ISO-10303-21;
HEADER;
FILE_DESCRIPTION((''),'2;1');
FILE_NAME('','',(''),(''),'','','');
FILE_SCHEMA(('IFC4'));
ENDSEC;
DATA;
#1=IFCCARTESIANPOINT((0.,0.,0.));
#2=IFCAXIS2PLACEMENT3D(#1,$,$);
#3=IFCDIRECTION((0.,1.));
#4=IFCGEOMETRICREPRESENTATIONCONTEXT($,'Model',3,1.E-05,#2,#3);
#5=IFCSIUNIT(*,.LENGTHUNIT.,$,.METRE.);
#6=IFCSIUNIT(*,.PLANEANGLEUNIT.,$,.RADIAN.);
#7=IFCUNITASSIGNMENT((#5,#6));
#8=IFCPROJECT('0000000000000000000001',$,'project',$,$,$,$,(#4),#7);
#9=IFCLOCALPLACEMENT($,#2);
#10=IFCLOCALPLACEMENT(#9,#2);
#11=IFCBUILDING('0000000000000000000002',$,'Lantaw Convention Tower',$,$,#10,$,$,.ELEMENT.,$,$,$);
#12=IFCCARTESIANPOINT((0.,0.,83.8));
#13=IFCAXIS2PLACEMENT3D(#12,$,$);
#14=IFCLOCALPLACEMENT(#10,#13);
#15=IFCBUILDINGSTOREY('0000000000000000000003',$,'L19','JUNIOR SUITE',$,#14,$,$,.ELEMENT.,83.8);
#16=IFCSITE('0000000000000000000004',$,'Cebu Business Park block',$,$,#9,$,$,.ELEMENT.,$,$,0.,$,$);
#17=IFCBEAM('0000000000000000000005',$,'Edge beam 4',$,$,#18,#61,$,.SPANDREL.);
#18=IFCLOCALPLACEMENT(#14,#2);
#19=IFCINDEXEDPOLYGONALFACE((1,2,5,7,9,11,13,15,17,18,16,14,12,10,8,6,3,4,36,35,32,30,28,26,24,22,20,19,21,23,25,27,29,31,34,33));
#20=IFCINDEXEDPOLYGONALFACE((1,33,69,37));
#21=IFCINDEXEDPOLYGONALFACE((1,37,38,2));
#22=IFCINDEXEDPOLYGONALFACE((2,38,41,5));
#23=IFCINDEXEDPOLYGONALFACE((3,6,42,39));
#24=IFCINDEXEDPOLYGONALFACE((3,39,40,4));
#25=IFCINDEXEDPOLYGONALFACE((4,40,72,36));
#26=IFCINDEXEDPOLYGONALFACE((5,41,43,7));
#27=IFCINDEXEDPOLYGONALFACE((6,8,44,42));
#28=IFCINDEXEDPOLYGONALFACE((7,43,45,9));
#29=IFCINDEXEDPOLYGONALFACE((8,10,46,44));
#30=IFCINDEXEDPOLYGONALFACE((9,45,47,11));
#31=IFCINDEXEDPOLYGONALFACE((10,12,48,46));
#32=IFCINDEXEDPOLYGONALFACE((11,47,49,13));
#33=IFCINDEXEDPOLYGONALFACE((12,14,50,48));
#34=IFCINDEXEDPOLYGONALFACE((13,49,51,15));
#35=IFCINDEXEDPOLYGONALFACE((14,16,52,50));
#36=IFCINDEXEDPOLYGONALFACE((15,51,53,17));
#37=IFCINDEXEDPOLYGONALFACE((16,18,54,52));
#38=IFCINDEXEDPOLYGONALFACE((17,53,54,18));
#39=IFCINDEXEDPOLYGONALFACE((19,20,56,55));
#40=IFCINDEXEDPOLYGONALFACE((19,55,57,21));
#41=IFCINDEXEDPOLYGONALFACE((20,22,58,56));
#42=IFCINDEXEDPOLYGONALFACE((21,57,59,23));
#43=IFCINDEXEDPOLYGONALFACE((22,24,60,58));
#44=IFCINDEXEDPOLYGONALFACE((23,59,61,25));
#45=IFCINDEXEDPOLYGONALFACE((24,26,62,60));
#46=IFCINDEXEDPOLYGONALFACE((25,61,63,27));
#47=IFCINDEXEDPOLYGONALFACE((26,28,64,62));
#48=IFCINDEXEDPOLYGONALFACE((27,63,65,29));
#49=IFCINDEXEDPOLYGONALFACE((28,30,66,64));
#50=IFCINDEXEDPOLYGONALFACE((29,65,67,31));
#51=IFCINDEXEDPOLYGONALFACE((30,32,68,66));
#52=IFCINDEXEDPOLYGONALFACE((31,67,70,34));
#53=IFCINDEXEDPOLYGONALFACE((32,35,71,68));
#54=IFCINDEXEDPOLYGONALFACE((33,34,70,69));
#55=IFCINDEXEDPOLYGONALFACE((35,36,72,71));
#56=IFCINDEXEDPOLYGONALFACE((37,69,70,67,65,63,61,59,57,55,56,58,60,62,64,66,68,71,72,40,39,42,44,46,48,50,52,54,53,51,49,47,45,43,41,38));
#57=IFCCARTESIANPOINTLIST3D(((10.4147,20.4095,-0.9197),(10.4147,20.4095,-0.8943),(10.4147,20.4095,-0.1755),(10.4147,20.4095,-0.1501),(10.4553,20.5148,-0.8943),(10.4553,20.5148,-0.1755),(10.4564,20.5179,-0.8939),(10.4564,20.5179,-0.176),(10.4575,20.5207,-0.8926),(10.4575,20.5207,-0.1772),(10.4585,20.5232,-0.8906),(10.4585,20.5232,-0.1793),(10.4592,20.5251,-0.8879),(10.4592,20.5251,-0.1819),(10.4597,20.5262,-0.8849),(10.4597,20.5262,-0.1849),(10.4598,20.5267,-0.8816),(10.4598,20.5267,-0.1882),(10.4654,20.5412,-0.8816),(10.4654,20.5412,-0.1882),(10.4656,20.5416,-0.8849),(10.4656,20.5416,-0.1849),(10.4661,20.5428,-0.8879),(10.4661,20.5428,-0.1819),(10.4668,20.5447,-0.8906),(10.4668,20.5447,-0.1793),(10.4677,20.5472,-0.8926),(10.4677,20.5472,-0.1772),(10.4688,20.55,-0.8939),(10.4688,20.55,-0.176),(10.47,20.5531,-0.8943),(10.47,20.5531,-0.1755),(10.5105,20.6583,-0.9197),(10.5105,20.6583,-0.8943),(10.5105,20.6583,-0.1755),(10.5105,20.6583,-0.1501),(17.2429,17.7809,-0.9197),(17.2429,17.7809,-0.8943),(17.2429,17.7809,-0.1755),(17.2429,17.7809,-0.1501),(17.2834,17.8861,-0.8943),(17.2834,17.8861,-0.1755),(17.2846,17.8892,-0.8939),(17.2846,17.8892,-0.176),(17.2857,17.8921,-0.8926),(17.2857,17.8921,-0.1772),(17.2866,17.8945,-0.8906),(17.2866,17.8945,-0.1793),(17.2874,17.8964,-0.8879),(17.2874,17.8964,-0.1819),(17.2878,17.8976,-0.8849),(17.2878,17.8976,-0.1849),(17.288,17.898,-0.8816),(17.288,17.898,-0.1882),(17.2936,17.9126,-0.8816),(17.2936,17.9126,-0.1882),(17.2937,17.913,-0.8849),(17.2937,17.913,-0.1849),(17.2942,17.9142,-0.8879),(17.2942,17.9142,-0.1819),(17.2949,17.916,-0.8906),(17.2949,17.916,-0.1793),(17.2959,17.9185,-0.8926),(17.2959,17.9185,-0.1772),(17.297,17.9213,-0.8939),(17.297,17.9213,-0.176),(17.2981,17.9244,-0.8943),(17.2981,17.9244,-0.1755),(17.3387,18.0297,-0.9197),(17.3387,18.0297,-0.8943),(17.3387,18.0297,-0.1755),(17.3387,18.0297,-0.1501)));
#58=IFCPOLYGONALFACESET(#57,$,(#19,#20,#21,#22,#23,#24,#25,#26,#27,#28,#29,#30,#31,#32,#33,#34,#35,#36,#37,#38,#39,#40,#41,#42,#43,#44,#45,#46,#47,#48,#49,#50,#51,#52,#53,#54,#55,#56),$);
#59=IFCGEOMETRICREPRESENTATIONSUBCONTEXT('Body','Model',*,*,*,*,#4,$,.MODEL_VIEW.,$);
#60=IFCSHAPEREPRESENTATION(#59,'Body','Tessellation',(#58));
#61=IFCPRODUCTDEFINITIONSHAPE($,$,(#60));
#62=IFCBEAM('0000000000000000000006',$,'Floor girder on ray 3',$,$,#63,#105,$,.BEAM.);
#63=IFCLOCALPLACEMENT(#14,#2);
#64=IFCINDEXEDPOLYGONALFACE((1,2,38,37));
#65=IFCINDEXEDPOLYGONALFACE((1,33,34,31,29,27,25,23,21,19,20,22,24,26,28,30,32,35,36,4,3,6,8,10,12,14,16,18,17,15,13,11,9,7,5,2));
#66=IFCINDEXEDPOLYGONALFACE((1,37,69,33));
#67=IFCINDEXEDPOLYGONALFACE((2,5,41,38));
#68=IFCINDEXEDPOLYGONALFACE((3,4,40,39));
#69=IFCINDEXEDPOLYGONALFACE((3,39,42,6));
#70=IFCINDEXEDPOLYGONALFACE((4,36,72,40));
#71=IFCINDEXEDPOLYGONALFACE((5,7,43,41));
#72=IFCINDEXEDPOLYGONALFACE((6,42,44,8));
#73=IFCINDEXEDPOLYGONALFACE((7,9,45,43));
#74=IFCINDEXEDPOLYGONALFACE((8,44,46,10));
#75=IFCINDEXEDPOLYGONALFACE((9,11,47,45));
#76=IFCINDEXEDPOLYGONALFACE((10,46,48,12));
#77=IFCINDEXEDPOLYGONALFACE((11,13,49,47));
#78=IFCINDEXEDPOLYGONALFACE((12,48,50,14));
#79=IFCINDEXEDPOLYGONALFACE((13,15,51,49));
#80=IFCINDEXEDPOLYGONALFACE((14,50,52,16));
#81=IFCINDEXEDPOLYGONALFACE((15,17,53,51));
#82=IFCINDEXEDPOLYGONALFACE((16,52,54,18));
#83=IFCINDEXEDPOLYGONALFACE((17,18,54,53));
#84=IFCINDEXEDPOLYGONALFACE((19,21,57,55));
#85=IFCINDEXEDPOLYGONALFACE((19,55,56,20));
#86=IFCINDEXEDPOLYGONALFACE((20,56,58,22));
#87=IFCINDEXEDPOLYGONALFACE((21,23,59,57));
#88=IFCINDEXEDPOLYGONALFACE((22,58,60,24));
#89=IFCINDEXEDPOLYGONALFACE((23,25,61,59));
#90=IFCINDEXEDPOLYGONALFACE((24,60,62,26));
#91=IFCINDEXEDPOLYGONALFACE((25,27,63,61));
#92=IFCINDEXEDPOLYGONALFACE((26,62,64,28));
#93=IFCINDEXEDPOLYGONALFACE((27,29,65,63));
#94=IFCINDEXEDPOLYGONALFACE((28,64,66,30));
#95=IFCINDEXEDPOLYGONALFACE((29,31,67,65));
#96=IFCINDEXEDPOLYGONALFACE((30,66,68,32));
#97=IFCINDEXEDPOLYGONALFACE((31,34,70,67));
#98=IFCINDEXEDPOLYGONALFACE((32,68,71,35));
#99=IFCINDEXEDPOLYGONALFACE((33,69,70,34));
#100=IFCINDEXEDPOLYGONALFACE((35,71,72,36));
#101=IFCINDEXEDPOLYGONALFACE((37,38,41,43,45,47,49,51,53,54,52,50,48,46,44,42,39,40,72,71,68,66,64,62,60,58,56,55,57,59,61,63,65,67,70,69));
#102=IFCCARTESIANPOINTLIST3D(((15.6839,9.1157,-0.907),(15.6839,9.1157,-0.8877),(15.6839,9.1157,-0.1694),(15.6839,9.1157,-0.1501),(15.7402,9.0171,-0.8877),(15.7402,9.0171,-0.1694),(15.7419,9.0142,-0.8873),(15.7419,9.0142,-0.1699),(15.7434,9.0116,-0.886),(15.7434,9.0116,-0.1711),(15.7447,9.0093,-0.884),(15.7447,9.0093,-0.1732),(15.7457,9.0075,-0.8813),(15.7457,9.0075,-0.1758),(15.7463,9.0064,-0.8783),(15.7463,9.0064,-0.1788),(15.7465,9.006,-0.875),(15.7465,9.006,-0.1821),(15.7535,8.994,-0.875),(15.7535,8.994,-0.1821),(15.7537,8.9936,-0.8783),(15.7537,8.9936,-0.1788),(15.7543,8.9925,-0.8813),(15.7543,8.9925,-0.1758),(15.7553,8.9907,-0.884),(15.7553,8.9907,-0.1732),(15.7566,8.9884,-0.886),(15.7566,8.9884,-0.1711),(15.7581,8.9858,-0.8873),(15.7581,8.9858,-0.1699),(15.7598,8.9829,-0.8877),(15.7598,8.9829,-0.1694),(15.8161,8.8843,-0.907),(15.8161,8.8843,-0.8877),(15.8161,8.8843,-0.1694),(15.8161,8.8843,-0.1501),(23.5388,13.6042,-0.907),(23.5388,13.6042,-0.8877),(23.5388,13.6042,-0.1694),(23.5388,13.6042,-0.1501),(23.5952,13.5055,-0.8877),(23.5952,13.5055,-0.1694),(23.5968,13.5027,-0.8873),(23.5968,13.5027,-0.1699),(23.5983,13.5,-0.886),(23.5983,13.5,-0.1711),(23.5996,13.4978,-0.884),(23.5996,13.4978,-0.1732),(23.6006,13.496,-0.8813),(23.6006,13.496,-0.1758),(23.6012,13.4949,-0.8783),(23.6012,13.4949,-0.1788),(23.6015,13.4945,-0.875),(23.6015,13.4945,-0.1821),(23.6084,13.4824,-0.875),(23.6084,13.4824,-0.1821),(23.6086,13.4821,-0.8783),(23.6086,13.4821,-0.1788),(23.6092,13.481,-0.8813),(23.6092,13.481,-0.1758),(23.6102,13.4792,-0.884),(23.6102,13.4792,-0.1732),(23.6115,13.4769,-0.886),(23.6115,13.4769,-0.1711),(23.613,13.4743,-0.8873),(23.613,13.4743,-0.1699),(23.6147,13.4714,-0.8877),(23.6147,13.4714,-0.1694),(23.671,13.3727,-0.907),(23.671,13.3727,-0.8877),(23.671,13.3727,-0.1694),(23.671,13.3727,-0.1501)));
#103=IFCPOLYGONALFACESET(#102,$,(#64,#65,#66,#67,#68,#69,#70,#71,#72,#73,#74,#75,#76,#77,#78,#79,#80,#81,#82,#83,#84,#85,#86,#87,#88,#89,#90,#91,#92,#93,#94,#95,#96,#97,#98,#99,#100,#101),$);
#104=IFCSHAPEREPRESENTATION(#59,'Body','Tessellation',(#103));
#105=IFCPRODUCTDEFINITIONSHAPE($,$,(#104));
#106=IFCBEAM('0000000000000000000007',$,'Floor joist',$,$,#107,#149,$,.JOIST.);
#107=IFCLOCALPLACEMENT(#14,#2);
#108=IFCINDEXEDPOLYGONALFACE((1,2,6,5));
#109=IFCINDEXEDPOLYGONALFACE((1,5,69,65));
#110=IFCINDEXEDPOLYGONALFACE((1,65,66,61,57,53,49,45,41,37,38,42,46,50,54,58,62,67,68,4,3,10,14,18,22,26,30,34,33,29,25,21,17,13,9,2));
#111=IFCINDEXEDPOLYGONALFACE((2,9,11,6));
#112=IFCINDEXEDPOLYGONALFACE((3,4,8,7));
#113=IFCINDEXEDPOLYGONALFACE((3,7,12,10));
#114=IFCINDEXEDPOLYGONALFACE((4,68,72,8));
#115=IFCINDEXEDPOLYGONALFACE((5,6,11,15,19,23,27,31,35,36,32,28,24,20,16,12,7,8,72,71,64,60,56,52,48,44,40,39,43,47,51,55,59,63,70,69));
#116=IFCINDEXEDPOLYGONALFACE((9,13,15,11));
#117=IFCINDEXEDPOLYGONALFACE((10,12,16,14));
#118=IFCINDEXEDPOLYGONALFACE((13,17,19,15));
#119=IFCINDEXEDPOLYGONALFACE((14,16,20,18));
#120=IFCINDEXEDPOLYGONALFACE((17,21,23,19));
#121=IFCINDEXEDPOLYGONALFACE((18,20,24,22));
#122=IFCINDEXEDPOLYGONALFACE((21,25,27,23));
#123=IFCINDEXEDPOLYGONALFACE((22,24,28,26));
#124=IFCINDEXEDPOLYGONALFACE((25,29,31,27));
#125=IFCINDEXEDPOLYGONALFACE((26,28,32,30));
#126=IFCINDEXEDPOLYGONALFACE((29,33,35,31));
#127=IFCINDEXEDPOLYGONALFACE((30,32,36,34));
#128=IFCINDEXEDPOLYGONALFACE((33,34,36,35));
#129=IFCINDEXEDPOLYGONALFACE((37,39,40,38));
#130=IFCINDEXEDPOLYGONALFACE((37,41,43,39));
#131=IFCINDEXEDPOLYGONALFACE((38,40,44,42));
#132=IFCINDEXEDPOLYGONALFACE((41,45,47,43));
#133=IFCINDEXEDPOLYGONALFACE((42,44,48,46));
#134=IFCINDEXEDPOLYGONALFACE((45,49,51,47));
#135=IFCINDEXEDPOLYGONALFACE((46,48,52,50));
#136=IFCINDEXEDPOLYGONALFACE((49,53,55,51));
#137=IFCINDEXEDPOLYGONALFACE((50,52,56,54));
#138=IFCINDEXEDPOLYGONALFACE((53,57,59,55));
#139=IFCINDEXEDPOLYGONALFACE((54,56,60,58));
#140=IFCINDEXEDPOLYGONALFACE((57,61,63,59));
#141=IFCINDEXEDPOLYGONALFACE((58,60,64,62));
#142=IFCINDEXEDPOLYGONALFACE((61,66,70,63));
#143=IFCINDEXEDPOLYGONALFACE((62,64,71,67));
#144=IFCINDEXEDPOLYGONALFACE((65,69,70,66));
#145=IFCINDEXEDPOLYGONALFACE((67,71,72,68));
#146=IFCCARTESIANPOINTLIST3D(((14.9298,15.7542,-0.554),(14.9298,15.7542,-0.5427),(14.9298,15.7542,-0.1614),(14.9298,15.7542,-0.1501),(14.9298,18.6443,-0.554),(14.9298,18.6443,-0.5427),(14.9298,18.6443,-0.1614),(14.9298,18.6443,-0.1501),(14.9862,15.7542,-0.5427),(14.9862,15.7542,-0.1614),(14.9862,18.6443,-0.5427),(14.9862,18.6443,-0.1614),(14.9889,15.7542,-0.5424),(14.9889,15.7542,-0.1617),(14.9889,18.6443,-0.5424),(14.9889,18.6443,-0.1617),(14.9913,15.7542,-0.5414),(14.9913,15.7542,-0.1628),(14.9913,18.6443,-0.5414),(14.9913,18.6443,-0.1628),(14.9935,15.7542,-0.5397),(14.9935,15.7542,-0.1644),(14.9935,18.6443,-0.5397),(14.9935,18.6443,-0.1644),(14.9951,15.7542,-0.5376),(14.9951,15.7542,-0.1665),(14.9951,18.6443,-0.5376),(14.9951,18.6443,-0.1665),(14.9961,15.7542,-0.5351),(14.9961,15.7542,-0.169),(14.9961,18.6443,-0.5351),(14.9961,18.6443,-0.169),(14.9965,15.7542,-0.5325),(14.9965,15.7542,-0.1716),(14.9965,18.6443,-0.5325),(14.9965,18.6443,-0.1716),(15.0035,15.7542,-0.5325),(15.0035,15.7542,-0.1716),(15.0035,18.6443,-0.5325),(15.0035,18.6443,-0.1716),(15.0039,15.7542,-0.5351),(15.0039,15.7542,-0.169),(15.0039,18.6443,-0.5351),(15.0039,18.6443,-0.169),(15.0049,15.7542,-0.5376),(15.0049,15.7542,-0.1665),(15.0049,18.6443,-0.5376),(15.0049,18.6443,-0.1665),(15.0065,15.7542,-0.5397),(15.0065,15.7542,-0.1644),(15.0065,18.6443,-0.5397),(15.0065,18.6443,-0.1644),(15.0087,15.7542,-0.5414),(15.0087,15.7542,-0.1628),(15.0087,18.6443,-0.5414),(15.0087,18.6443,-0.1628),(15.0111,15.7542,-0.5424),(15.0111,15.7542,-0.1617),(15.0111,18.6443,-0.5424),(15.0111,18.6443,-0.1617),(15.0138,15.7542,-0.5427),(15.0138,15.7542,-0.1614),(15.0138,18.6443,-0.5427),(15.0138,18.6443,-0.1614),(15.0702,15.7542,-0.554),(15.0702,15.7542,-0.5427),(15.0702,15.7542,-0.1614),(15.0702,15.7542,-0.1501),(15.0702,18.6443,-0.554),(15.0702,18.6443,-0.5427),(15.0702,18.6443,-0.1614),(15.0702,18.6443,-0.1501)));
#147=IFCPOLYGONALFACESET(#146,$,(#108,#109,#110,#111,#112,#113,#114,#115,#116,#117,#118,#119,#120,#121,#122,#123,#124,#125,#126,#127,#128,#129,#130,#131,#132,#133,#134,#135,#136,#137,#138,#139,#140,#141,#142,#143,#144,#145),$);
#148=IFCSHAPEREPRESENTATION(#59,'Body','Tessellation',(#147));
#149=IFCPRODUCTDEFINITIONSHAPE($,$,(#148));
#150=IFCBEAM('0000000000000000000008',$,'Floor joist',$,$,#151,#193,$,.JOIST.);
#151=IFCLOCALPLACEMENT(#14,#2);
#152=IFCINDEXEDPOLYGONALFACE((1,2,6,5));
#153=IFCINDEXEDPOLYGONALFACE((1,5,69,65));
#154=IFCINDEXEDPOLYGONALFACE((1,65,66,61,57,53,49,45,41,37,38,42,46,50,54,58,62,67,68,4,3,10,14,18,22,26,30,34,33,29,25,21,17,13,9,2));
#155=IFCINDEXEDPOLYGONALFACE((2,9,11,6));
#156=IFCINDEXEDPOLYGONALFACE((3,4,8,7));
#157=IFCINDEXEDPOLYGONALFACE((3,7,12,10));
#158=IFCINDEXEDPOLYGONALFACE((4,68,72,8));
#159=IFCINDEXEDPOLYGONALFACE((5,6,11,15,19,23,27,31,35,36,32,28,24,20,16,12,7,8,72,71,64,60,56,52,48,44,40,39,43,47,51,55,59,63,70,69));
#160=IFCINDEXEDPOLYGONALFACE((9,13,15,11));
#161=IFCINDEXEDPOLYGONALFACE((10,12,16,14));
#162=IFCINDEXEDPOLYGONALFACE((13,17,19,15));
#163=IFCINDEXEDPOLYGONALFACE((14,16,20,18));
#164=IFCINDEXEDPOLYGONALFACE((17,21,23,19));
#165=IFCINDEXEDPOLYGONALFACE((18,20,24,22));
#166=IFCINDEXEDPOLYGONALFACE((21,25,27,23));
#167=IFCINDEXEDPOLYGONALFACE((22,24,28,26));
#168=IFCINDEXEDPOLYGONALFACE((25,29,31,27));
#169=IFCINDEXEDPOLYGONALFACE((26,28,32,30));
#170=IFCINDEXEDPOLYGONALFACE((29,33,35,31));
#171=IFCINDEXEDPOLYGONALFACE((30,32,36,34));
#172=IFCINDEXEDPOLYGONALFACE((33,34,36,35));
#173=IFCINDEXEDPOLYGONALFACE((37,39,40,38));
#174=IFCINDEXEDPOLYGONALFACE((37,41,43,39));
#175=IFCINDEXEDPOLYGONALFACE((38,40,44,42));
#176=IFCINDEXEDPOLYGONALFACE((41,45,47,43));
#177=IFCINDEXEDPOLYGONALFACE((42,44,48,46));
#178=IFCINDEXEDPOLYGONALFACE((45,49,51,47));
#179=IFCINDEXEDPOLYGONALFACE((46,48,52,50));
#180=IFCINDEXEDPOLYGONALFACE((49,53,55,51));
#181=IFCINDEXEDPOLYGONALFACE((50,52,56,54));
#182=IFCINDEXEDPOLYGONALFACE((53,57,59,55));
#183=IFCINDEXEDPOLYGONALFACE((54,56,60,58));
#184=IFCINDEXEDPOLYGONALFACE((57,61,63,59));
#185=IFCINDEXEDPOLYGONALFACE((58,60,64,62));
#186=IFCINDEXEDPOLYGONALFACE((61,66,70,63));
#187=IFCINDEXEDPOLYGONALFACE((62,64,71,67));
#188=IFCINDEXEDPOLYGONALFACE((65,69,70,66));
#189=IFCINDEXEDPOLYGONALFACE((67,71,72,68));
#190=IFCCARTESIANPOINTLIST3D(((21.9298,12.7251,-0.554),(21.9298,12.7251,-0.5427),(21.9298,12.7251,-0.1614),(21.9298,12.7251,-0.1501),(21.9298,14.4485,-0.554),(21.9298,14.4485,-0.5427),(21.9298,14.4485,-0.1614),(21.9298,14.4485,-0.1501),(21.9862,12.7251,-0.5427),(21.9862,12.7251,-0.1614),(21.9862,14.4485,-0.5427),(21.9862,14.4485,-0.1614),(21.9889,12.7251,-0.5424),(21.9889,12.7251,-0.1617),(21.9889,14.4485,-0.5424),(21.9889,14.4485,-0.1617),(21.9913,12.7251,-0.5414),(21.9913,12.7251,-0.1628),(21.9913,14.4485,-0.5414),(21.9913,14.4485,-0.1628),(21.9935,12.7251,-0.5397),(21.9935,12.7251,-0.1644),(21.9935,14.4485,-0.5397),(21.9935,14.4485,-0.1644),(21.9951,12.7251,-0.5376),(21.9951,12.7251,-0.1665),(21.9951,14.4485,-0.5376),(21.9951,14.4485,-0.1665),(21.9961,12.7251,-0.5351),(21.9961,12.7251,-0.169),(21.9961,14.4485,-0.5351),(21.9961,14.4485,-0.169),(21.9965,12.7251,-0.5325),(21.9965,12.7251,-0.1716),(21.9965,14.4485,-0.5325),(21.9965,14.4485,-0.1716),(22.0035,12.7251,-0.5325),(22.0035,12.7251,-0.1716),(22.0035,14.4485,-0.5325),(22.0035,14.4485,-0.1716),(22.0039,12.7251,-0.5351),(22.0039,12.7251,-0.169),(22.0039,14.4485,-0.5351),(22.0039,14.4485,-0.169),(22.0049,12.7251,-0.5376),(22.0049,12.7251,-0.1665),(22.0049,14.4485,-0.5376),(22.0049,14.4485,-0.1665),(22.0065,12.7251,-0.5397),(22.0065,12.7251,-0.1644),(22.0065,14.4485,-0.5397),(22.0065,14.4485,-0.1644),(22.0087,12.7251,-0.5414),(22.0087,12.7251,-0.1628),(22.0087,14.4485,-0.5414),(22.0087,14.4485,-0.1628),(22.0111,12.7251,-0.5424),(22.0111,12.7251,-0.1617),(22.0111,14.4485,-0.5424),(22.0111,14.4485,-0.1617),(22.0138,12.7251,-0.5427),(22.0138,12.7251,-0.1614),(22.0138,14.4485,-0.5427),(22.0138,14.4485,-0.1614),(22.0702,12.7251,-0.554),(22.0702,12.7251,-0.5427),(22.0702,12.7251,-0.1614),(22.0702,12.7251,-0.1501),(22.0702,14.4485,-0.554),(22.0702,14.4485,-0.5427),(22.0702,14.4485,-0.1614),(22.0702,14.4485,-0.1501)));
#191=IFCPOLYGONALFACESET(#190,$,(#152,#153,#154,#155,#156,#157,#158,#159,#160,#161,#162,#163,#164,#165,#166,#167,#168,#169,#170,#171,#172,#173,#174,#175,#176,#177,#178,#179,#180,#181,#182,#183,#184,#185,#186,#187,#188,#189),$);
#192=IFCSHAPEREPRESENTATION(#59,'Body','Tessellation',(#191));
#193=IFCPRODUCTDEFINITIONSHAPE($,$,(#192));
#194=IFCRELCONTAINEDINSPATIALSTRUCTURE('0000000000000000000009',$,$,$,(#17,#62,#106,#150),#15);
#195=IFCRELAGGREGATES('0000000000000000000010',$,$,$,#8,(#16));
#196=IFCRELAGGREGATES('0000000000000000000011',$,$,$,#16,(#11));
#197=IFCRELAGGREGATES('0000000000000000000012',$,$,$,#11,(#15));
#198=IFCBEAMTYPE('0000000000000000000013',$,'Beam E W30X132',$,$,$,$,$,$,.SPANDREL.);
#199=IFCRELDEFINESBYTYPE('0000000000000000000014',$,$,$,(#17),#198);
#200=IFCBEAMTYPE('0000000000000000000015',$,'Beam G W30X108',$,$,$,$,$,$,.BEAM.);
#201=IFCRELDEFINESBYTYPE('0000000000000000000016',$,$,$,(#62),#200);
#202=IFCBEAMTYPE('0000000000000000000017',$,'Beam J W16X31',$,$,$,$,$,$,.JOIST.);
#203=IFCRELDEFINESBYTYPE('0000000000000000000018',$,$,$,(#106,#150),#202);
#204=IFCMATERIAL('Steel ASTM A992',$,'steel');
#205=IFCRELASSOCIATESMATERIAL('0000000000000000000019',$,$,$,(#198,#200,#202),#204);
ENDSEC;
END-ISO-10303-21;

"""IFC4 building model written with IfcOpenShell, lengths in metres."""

from ifc_helpers import new_model, si_unit, direction, frame, origin, origin_2d, place, context, subcontext, project, spatial, i_section, extrude, material, material_profile, profile_set, type_object, element, save


model = new_model("IFC4")

# Units and contexts
model_context = context("Model", 3, precision=1e-05, world=origin(), true_north=direction((0.0, 1.0)))
body_context = subcontext(model_context, "Body", "Model", "MODEL_VIEW")
ifc_project = project(units=[si_unit("LENGTHUNIT", "METRE"), si_unit("PLANEANGLEUNIT", "RADIAN")], contexts=[model_context])

# Site, building, storey
site_placement = place(None, origin())
site = spatial("IfcSite", under=ifc_project, at=site_placement, Name="Cebu Business Park block", CompositionType="ELEMENT", RefElevation=0.0)
building_placement = place(site_placement, origin())
building = spatial("IfcBuilding", under=site, at=building_placement, Name="Lantaw Convention Tower", CompositionType="ELEMENT")
storey_placement = place(building_placement, frame((0.0, 0.0, 83.8)))
storey = spatial("IfcBuildingStorey", under=building, at=storey_placement, Name="L19", Description="JUNIOR SUITE", CompositionType="ELEMENT", Elevation=83.8)

# Beams
ifc_material_1 = material(Name="Steel ASTM A992", Category="steel")
ifc_material_profile_1 = material_profile(ifc_material_1, i_section(OverallWidth=0.2666, OverallDepth=0.7695, WebThickness=0.0156, FlangeThickness=0.0254, FilletRadius=0.0127, at=origin_2d()), Name="W30X132")
ifc_profile_set_1 = profile_set([ifc_material_profile_1], Name="Steel ASTM A992")
beam_type_1 = type_object("IfcBeamType", Name="Beam E W30X132", PredefinedType="SPANDREL", material=ifc_profile_set_1)
beam_1_placement = place(storey_placement, frame((17.2908, 17.9053, -0.5349), z_axis=(-0.933233, 0.359272, 0.0), x_axis=(-0.359272, -0.933233, 0.0)))
element("IfcBeam", 1, at=beam_1_placement, inside=storey, type_object=beam_type_1, Name="Edge beam 4", PredefinedType="SPANDREL", context=body_context, shape_type="SweptSolid", body=[
    extrude(i_section(OverallWidth=0.2666, OverallDepth=0.7695, WebThickness=0.0156, FlangeThickness=0.0254, FilletRadius=0.0127, at=origin_2d()), origin(), (0.0, 0.0, 1.0), 7.3167),
])
ifc_material_profile_2 = material_profile(ifc_material_1, i_section(OverallWidth=0.2666, OverallDepth=0.7568, WebThickness=0.0139, FlangeThickness=0.0193, FilletRadius=0.0127, at=origin_2d()), Name="W30X108")
ifc_profile_set_2 = profile_set([ifc_material_profile_2], Name="Steel ASTM A992")
beam_type_2 = type_object("IfcBeamType", Name="Beam G W30X108", PredefinedType="BEAM", material=ifc_profile_set_2)
beam_2_placement = place(storey_placement, frame((15.75, 9.0, -0.5286), z_axis=(0.868245, 0.496136, 0.0), x_axis=(-0.496136, 0.868245, 0.0)))
element("IfcBeam", 2, at=beam_2_placement, inside=storey, type_object=beam_type_2, Name="Floor girder on ray 3", PredefinedType="BEAM", context=body_context, shape_type="SweptSolid", body=[
    extrude(i_section(OverallWidth=0.2666, OverallDepth=0.7568, WebThickness=0.0139, FlangeThickness=0.0193, FilletRadius=0.0127, at=origin_2d()), origin(), (0.0, 0.0, 1.0), 9.0469),
])
ifc_material_profile_3 = material_profile(ifc_material_1, i_section(OverallWidth=0.1404, OverallDepth=0.4038, WebThickness=0.0071, FlangeThickness=0.0112, FilletRadius=0.0103, at=origin_2d()), Name="W16X31")
ifc_profile_set_3 = profile_set([ifc_material_profile_3], Name="Steel ASTM A992")
beam_type_3 = type_object("IfcBeamType", Name="Beam J W16X31", PredefinedType="JOIST", material=ifc_profile_set_3)
beam_3_placement = place(storey_placement, frame((15.0, 15.7542, -0.3521), z_axis=(0.0, 1.0, 0.0), x_axis=(-1.0, 0.0, 0.0)))
element("IfcBeam", 3, at=beam_3_placement, inside=storey, type_object=beam_type_3, Name="Floor joist", PredefinedType="JOIST", context=body_context, shape_type="SweptSolid", body=[
    extrude(i_section(OverallWidth=0.1404, OverallDepth=0.4038, WebThickness=0.0071, FlangeThickness=0.0112, FilletRadius=0.0103, at=origin_2d()), origin(), (0.0, 0.0, 1.0), 2.8901),
])
beam_4_placement = place(storey_placement, frame((22.0, 12.7251, -0.3521), z_axis=(0.0, 1.0, 0.0), x_axis=(-1.0, 0.0, 0.0)))
element("IfcBeam", 4, at=beam_4_placement, inside=storey, type_object=beam_type_3, Name="Floor joist", PredefinedType="JOIST", context=body_context, shape_type="SweptSolid", body=[
    extrude(i_section(OverallWidth=0.1404, OverallDepth=0.4038, WebThickness=0.0071, FlangeThickness=0.0112, FilletRadius=0.0103, at=origin_2d()), origin(), (0.0, 0.0, 1.0), 1.7234),
])

save(model, "model.ifc")
